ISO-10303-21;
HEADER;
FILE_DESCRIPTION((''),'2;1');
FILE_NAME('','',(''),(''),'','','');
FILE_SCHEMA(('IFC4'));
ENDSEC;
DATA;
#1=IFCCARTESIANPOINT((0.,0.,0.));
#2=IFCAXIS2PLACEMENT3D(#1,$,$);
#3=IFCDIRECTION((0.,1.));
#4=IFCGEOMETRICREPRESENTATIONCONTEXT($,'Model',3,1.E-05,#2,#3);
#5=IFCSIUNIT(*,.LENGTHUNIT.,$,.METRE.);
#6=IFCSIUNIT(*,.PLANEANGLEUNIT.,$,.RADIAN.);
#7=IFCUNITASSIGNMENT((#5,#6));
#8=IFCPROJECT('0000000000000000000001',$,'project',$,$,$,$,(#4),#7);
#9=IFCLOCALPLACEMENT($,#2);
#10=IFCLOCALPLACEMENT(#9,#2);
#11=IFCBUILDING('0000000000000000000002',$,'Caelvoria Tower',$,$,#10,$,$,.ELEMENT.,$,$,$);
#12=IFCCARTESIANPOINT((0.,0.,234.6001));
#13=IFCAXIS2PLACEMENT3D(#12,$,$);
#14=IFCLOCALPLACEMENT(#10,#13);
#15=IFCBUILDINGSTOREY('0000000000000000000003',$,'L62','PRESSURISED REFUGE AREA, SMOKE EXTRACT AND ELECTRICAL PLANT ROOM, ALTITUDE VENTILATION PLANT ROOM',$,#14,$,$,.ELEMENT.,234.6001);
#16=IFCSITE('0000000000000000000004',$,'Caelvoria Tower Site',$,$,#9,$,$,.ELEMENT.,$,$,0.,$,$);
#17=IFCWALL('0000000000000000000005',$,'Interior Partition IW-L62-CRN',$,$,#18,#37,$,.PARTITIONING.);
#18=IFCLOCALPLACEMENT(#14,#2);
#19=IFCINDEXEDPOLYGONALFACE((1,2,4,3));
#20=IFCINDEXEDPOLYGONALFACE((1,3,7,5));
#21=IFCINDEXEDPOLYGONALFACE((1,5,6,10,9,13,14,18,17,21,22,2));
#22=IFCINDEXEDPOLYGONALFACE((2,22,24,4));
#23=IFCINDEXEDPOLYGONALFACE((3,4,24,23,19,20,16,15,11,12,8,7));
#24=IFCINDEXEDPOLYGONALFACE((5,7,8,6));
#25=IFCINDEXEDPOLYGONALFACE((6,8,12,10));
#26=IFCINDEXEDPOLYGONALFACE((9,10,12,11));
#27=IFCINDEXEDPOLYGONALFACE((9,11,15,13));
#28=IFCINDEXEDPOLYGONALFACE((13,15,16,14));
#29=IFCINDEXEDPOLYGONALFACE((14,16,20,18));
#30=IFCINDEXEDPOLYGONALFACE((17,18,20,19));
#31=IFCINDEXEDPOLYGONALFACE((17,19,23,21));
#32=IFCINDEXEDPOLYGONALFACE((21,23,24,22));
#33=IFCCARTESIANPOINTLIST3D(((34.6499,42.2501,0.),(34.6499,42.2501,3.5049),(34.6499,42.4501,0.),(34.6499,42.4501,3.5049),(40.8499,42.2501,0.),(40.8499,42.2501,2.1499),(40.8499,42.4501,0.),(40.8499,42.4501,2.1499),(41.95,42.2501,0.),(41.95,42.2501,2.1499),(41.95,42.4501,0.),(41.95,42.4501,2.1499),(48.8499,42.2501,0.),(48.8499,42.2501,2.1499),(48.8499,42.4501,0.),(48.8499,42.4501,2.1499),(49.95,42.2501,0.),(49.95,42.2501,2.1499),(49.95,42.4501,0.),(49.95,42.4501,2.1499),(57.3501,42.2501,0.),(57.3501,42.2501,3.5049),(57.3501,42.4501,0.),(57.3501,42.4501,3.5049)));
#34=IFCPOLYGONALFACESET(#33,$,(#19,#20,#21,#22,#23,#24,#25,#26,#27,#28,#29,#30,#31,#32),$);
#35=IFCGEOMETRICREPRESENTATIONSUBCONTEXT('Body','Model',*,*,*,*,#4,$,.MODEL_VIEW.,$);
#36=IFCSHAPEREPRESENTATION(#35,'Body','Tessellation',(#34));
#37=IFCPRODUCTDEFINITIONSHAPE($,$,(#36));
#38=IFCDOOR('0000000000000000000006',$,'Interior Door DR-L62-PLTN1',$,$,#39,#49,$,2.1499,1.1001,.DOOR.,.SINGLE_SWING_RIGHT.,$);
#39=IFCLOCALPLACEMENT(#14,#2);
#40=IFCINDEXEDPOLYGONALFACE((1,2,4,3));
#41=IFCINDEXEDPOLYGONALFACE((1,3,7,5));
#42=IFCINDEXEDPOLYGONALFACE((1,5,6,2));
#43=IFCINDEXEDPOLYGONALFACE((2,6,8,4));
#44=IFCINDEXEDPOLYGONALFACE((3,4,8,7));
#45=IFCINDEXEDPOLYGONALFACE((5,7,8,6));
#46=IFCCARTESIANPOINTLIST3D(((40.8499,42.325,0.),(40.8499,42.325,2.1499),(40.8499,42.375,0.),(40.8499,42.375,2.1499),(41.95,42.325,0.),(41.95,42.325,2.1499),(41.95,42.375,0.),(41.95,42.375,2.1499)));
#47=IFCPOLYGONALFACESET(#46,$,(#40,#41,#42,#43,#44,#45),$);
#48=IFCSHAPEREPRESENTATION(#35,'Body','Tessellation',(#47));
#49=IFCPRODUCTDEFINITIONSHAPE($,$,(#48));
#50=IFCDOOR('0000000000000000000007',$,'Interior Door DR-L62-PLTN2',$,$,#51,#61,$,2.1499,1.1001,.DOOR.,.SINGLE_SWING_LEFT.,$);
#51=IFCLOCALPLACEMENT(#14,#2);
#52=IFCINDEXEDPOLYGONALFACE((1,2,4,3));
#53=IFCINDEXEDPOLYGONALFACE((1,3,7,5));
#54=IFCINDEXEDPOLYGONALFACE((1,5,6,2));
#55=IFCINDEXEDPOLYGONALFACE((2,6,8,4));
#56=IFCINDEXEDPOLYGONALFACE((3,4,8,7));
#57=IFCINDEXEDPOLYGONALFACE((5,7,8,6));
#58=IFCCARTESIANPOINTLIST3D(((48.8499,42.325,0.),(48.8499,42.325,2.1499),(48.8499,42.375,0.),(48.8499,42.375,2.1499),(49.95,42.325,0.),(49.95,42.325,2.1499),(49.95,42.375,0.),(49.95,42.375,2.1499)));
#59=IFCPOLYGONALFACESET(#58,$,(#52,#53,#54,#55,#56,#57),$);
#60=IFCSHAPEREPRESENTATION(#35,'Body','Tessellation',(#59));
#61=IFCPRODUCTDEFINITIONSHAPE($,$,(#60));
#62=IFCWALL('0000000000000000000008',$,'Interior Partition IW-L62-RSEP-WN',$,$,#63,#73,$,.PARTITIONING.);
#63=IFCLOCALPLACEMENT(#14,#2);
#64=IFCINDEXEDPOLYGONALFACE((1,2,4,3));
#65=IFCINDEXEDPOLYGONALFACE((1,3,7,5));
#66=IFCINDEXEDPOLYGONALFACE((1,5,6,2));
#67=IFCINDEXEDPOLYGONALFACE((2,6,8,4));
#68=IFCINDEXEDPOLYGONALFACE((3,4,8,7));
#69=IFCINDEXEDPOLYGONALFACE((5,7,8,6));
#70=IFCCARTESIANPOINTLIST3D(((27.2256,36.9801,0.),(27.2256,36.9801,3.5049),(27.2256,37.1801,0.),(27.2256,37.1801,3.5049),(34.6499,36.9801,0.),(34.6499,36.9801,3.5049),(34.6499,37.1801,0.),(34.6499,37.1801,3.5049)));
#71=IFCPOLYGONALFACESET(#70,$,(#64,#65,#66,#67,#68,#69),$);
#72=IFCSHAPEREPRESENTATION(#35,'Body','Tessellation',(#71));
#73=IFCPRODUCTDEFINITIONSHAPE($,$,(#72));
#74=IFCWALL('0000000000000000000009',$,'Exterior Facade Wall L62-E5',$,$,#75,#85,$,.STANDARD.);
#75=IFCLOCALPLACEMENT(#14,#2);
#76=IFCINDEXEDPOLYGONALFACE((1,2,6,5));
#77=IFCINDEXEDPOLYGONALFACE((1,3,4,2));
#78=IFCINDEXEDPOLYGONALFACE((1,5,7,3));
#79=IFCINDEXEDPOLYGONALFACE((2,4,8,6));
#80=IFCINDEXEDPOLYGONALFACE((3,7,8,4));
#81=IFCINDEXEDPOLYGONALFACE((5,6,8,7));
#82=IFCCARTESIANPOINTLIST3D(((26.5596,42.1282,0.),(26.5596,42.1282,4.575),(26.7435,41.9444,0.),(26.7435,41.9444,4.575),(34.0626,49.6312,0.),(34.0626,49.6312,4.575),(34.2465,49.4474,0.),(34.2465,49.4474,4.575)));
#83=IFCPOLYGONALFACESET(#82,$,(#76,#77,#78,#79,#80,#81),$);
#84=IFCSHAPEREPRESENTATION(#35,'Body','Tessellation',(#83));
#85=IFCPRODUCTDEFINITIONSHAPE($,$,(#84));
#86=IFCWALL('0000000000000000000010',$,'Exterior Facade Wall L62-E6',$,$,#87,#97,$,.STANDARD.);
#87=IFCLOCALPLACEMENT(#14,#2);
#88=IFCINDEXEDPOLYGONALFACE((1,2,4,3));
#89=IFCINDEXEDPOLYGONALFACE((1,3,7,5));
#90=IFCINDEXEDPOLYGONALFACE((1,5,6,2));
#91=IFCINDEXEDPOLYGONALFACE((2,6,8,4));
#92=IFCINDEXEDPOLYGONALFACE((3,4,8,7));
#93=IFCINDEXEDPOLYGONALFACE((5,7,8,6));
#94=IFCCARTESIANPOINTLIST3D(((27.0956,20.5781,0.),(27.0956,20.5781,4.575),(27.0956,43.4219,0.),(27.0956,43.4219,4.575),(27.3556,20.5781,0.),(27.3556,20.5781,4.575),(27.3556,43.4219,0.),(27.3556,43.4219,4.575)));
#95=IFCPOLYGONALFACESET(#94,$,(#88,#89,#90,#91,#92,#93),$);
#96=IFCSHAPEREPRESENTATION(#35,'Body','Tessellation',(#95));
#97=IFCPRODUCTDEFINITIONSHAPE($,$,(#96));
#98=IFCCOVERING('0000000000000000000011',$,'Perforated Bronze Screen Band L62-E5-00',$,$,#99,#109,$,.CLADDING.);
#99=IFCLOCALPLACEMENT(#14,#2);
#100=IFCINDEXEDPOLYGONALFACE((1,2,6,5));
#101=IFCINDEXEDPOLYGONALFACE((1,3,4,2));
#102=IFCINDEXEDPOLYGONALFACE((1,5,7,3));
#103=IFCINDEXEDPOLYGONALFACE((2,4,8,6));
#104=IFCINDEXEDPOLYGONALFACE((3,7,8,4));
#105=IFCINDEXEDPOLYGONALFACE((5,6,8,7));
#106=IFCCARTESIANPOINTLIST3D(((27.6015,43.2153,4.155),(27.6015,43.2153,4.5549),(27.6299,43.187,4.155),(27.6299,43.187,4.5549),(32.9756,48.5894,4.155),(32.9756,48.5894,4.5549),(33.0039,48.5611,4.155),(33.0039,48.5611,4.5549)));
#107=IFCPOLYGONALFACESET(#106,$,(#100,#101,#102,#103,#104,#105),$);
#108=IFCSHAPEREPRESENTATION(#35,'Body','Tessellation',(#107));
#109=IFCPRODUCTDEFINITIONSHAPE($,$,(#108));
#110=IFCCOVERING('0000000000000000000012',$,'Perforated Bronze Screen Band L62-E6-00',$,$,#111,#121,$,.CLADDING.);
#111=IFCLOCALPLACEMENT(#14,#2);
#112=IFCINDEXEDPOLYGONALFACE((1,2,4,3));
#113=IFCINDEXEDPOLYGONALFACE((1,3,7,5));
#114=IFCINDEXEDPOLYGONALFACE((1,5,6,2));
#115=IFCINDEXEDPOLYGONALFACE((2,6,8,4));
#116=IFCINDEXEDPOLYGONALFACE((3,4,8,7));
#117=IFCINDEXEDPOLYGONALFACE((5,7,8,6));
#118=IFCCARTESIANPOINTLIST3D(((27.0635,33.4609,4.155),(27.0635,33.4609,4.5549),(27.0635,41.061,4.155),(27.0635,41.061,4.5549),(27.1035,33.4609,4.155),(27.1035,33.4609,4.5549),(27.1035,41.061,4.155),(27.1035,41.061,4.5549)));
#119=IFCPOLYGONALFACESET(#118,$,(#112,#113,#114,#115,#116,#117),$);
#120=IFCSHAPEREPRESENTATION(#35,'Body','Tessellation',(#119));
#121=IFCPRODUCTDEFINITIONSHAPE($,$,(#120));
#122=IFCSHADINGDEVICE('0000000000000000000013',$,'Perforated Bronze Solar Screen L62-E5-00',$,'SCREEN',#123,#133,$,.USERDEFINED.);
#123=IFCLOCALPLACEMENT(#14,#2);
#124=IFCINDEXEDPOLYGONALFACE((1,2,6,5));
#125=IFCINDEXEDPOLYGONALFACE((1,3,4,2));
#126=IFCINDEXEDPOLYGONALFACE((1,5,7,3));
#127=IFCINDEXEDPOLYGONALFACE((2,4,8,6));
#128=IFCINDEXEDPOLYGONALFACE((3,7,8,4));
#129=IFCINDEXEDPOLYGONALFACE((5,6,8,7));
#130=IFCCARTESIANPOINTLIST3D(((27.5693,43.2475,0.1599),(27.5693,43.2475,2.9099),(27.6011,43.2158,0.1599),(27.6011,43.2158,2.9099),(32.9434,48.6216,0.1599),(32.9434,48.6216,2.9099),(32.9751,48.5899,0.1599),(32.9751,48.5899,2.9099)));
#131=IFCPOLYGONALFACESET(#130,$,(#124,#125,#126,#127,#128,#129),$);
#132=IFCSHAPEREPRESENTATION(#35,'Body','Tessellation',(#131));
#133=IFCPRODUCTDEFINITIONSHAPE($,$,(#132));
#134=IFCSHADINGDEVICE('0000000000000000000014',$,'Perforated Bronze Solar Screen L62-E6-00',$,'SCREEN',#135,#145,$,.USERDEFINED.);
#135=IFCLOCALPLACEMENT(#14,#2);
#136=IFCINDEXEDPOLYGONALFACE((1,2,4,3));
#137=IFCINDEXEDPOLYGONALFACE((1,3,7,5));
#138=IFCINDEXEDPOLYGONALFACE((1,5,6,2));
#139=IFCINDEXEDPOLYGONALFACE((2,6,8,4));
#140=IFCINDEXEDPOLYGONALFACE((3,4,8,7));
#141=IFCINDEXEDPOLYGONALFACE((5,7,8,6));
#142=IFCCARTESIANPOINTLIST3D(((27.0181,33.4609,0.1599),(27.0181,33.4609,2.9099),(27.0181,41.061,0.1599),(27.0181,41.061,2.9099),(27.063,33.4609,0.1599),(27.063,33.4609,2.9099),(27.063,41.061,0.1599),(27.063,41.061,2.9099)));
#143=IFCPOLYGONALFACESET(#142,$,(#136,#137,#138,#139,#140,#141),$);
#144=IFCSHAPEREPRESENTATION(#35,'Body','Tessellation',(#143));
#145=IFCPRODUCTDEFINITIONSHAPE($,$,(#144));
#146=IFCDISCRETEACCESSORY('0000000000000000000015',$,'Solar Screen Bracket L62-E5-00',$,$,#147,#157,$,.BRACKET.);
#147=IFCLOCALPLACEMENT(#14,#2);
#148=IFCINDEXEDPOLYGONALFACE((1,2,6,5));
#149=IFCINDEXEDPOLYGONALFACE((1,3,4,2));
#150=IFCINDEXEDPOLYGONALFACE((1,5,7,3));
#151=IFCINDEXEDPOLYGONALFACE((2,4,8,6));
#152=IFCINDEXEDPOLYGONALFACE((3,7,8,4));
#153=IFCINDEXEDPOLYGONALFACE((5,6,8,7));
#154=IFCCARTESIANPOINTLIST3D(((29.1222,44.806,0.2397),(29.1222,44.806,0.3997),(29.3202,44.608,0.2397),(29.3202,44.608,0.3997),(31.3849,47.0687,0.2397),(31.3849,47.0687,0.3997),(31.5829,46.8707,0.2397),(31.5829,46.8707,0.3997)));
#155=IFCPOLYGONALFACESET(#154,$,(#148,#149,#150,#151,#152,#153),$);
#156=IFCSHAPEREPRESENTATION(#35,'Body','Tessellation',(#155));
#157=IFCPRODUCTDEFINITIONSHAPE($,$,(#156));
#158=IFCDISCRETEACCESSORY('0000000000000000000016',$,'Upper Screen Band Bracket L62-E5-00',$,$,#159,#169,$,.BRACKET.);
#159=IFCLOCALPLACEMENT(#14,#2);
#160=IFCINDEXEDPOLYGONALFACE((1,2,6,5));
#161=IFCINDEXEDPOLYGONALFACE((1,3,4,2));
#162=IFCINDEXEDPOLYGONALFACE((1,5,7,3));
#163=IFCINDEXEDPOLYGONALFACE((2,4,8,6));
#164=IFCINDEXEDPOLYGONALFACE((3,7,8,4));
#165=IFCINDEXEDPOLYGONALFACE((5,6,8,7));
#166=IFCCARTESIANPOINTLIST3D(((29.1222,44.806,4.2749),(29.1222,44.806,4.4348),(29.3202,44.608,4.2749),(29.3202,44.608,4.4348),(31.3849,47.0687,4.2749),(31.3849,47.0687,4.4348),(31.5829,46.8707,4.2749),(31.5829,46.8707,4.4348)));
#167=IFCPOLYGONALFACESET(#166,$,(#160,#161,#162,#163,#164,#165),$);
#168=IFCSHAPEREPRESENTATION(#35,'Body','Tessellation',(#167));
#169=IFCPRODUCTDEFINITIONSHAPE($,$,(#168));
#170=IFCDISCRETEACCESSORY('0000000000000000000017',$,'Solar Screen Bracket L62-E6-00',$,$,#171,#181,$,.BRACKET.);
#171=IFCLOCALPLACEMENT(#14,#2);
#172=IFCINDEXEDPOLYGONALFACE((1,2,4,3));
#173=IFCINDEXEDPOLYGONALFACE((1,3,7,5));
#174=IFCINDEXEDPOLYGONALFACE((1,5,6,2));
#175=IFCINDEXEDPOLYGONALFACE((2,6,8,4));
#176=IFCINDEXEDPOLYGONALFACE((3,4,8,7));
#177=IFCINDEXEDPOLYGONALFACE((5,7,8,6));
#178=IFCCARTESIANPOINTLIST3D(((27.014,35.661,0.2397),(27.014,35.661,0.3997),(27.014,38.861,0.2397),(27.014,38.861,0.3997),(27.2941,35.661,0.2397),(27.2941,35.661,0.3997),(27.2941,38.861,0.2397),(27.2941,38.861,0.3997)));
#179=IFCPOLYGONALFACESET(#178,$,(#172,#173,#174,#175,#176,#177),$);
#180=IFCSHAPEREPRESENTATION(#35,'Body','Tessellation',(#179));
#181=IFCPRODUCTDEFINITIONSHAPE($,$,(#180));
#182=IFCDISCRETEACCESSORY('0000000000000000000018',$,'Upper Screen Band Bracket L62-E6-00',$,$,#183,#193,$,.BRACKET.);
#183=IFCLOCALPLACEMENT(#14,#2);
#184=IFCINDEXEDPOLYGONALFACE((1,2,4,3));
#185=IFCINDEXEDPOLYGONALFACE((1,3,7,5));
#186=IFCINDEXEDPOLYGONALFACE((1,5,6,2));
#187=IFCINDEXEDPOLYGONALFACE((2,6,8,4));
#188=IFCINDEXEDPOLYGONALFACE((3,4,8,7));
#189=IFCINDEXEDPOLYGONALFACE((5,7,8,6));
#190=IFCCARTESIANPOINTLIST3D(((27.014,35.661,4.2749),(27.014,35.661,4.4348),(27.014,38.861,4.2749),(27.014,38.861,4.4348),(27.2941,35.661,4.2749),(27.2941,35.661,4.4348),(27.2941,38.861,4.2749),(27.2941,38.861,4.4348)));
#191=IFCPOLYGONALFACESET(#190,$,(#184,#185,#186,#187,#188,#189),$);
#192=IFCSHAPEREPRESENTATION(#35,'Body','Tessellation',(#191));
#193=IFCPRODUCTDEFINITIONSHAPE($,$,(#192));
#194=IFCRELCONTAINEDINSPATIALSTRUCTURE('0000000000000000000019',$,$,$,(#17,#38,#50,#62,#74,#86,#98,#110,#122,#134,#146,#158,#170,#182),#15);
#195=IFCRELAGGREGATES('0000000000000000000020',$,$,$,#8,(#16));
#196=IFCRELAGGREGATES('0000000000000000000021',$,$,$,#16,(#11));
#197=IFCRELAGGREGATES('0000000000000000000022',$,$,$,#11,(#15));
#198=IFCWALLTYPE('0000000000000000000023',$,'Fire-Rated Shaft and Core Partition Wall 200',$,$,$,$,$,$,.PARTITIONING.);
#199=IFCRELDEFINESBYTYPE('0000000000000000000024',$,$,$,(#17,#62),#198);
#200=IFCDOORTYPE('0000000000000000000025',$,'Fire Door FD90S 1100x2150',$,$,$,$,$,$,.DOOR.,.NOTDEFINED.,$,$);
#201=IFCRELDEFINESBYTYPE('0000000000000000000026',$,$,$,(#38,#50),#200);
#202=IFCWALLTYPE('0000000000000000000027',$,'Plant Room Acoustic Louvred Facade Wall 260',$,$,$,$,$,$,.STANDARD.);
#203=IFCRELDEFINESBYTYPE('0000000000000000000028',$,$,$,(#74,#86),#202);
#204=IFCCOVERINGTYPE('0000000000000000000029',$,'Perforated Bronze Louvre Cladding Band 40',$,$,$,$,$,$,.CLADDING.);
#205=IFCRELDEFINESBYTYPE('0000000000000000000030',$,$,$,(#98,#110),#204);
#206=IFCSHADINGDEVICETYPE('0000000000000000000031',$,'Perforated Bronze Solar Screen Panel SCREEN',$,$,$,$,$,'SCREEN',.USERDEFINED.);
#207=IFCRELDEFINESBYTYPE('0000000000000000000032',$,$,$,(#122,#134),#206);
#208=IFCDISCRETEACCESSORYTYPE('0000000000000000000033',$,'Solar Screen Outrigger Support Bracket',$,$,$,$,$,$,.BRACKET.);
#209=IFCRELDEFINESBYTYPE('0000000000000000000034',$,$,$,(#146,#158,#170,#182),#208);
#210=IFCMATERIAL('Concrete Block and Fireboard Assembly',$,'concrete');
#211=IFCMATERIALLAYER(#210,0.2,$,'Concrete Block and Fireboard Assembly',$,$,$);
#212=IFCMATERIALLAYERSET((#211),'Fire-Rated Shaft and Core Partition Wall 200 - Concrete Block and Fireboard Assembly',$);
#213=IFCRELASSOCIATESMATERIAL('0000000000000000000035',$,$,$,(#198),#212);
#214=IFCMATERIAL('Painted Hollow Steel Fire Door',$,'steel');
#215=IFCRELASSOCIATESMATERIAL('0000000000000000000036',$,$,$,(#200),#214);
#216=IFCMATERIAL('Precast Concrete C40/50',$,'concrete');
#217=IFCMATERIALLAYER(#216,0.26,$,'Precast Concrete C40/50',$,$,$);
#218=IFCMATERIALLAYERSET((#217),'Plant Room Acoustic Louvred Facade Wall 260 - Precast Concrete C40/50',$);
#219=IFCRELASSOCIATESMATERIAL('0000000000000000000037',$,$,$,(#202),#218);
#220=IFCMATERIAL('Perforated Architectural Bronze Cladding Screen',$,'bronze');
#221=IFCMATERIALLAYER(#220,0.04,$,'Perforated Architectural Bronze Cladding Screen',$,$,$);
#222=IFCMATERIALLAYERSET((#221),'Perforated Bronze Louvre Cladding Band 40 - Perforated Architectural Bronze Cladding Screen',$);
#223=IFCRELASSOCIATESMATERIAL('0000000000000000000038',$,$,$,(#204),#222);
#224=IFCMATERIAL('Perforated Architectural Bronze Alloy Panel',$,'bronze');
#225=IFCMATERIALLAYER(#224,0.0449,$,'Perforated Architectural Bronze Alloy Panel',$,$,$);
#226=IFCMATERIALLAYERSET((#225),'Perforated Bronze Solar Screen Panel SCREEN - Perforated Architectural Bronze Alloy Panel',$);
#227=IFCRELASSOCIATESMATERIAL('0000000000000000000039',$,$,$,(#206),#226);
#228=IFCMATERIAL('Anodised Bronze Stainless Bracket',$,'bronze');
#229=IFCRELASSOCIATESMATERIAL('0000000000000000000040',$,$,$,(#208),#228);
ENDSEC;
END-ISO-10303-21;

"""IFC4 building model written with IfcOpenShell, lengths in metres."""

from ifc_helpers import new_model, si_unit, direction, frame, frame_2d, origin, origin_2d, place, context, subcontext, project, spatial, rectangle, extrude, material, layer, layer_set, type_object, element, fill, save


model = new_model("IFC4")

# Units and contexts
model_context = context("Model", 3, precision=1e-05, world=origin(), true_north=direction((0.0, 1.0)))
body_context = subcontext(model_context, "Body", "Model", "MODEL_VIEW")
ifc_project = project(units=[si_unit("LENGTHUNIT", "METRE"), si_unit("PLANEANGLEUNIT", "RADIAN")], contexts=[model_context])

# Site, building, storey
site_placement = place(None, origin())
site = spatial("IfcSite", under=ifc_project, at=site_placement, Name="Caelvoria Tower Site", CompositionType="ELEMENT", RefElevation=0.0)
building_placement = place(site_placement, origin())
building = spatial("IfcBuilding", under=site, at=building_placement, Name="Caelvoria Tower", CompositionType="ELEMENT")
storey_placement = place(building_placement, frame((0.0, 0.0, 234.6001)))
storey = spatial("IfcBuildingStorey", under=building, at=storey_placement, Name="L62", Description="PRESSURISED REFUGE AREA, SMOKE EXTRACT AND ELECTRICAL PLANT ROOM, ALTITUDE VENTILATION PLANT ROOM", CompositionType="ELEMENT", Elevation=234.6001)

# Wall, openings, doors
ifc_material_1 = material(Name="Concrete Block and Fireboard Assembly", Category="concrete")
ifc_layer_1 = layer(ifc_material_1, 0.2, Name="Concrete Block and Fireboard Assembly")
ifc_layer_set_1 = layer_set([ifc_layer_1], Name="Fire-Rated Shaft and Core Partition Wall 200 - Concrete Block and Fireboard Assembly")
wall_type_1 = type_object("IfcWallType", Name="Fire-Rated Shaft and Core Partition Wall 200", PredefinedType="PARTITIONING", material=ifc_layer_set_1)
wall_1_placement = place(storey_placement, frame((34.6499, 42.3501, 0.0), z_axis=(0.0, 0.0, 1.0), x_axis=(1.0, 0.0, 0.0)))
wall_1 = element("IfcWall", 1, at=wall_1_placement, inside=storey, type_object=wall_type_1, Name="Interior Partition IW-L62-CRN", PredefinedType="PARTITIONING", context=body_context, shape_type="SweptSolid", body=[
    extrude(rectangle(XDim=22.7002, YDim=0.2, at=frame_2d((11.3501, 0.0))), origin(), (0.0, 0.0, 1.0), 3.5049),
])
opening_1_placement = place(wall_1_placement, frame((6.2, 0.0, 0.0)))
opening_1 = element("IfcOpeningElement", 2, at=opening_1_placement, cuts=wall_1, PredefinedType="OPENING", context=body_context, shape_type="SweptSolid", body=[
    extrude(rectangle(XDim=1.1001, YDim=2.1499, at=frame_2d((0.55, 1.075))), frame((0.0, 0.1099, 0.0), z_axis=(0.0, -1.0, 0.0), x_axis=(1.0, 0.0, 0.0)), (0.0, 0.0, 1.0), 0.22),
])
opening_2_placement = place(wall_1_placement, frame((14.2, 0.0, 0.0)))
opening_2 = element("IfcOpeningElement", 3, at=opening_2_placement, cuts=wall_1, PredefinedType="OPENING", context=body_context, shape_type="SweptSolid", body=[
    extrude(rectangle(XDim=1.1001, YDim=2.1499, at=frame_2d((0.55, 1.075))), frame((0.0, 0.1099, 0.0), z_axis=(0.0, -1.0, 0.0), x_axis=(1.0, 0.0, 0.0)), (0.0, 0.0, 1.0), 0.22),
])
ifc_material_2 = material(Name="Painted Hollow Steel Fire Door", Category="steel")
door_type = type_object("IfcDoorType", Name="Fire Door FD90S 1100x2150", OperationType="NOTDEFINED", PredefinedType="DOOR", material=ifc_material_2)
door_1_placement = place(opening_1_placement, origin())
door_1 = element("IfcDoor", 4, at=door_1_placement, inside=storey, type_object=door_type, Name="Interior Door DR-L62-PLTN1", OperationType="SINGLE_SWING_RIGHT", OverallHeight=2.1499, OverallWidth=1.1001, PredefinedType="DOOR", context=body_context, shape_type="SweptSolid", body=[
    extrude(rectangle(XDim=1.1001, YDim=2.1499, at=frame_2d((0.55, 1.075))), frame((0.0, 0.0249, 0.0), z_axis=(0.0, -1.0, 0.0), x_axis=(1.0, 0.0, 0.0)), (0.0, 0.0, 1.0), 0.05),
])
fill(opening_1, door_1)
door_2_placement = place(opening_2_placement, origin())
door_2 = element("IfcDoor", 5, at=door_2_placement, inside=storey, type_object=door_type, Name="Interior Door DR-L62-PLTN2", OperationType="SINGLE_SWING_LEFT", OverallHeight=2.1499, OverallWidth=1.1001, PredefinedType="DOOR", context=body_context, shape_type="SweptSolid", body=[
    extrude(rectangle(XDim=1.1001, YDim=2.1499, at=frame_2d((0.55, 1.075))), frame((0.0, 0.0249, 0.0), z_axis=(0.0, -1.0, 0.0), x_axis=(1.0, 0.0, 0.0)), (0.0, 0.0, 1.0), 0.05),
])
fill(opening_2, door_2)

# Walls
wall_2_placement = place(storey_placement, frame((27.2256, 37.0801, 0.0), z_axis=(0.0, 0.0, 1.0), x_axis=(1.0, 0.0, 0.0)))
element("IfcWall", 6, at=wall_2_placement, inside=storey, type_object=wall_type_1, Name="Interior Partition IW-L62-RSEP-WN", PredefinedType="PARTITIONING", context=body_context, shape_type="SweptSolid", body=[
    extrude(rectangle(XDim=7.4243, YDim=0.2, at=frame_2d((3.7122, 0.0))), origin(), (0.0, 0.0, 1.0), 3.5049),
])
ifc_material_3 = material(Name="Precast Concrete C40/50", Category="concrete")
ifc_layer_2 = layer(ifc_material_3, 0.26, Name="Precast Concrete C40/50")
ifc_layer_set_2 = layer_set([ifc_layer_2], Name="Plant Room Acoustic Louvred Facade Wall 260 - Precast Concrete C40/50")
wall_type_2 = type_object("IfcWallType", Name="Plant Room Acoustic Louvred Facade Wall 260", PredefinedType="STANDARD", material=ifc_layer_set_2)
wall_3_placement = place(storey_placement, frame((34.1545, 49.5393, 0.0), z_axis=(0.0, 0.0, 1.0), x_axis=(-0.707107, -0.707107, 0.0)))
element("IfcWall", 7, at=wall_3_placement, inside=storey, type_object=wall_type_2, Name="Exterior Facade Wall L62-E5", PredefinedType="STANDARD", context=body_context, shape_type="SweptSolid", body=[
    extrude(rectangle(XDim=10.6108, YDim=0.26, at=frame_2d((5.3054, 0.0))), origin(), (0.0, 0.0, 1.0), 4.575),
])
wall_4_placement = place(storey_placement, frame((27.2256, 43.4219, 0.0), z_axis=(0.0, 0.0, 1.0), x_axis=(0.0, -1.0, 0.0)))
element("IfcWall", 8, at=wall_4_placement, inside=storey, type_object=wall_type_2, Name="Exterior Facade Wall L62-E6", PredefinedType="STANDARD", context=body_context, shape_type="SweptSolid", body=[
    extrude(rectangle(XDim=22.8438, YDim=0.26, at=frame_2d((11.4219, 0.0))), origin(), (0.0, 0.0, 1.0), 4.575),
])

# Coverings
ifc_material_4 = material(Name="Perforated Architectural Bronze Cladding Screen", Category="bronze")
ifc_layer_3 = layer(ifc_material_4, 0.04, Name="Perforated Architectural Bronze Cladding Screen")
ifc_layer_set_3 = layer_set([ifc_layer_3], Name="Perforated Bronze Louvre Cladding Band 40 - Perforated Architectural Bronze Cladding Screen")
covering_type = type_object("IfcCoveringType", Name="Perforated Bronze Louvre Cladding Band 40", PredefinedType="CLADDING", material=ifc_layer_set_3)
for number, where, z_axis, x_axis, name in (
    (9, (30.3027, 45.8882, 4.155), (0.0, 0.0, 1.0), (-0.707107, -0.707107, 0.0), "Perforated Bronze Screen Band L62-E5-00"),
    (10, (27.0835, 37.261, 4.155), (0.0, 0.0, 1.0), (0.0, -1.0, 0.0), "Perforated Bronze Screen Band L62-E6-00"),
):
    element("IfcCovering", number, at=place(storey_placement, frame(where, z_axis=z_axis, x_axis=x_axis)), inside=storey, type_object=covering_type, Name=name, PredefinedType="CLADDING", context=body_context, shape_type="SweptSolid", body=[
        extrude(rectangle(XDim=7.6001, YDim=0.04, at=origin_2d()), origin(), (0.0, 0.0, 1.0), 0.3999),
    ])

# Shading devices
ifc_material_5 = material(Name="Perforated Architectural Bronze Alloy Panel", Category="bronze")
ifc_layer_4 = layer(ifc_material_5, 0.0449, Name="Perforated Architectural Bronze Alloy Panel")
ifc_layer_set_4 = layer_set([ifc_layer_4], Name="Perforated Bronze Solar Screen Panel SCREEN - Perforated Architectural Bronze Alloy Panel")
shading_device_type = type_object("IfcShadingDeviceType", Name="Perforated Bronze Solar Screen Panel SCREEN", ElementType="SCREEN", PredefinedType="USERDEFINED", material=ifc_layer_set_4)
for number, where, z_axis, x_axis, name in (
    (11, (30.2722, 45.9187, 0.1599), (0.0, 0.0, 1.0), (-0.707107, -0.707107, 0.0), "Perforated Bronze Solar Screen L62-E5-00"),
    (12, (27.0405, 37.261, 0.1599), (0.0, 0.0, 1.0), (0.0, -1.0, 0.0), "Perforated Bronze Solar Screen L62-E6-00"),
):
    element("IfcShadingDevice", number, at=place(storey_placement, frame(where, z_axis=z_axis, x_axis=x_axis)), inside=storey, type_object=shading_device_type, Name=name, ObjectType="SCREEN", PredefinedType="USERDEFINED", context=body_context, shape_type="SweptSolid", body=[
        extrude(rectangle(XDim=7.6001, YDim=0.0449, at=origin_2d()), origin(), (0.0, 0.0, 1.0), 2.75),
    ])

# Discrete accessories
ifc_material_6 = material(Name="Anodised Bronze Stainless Bracket", Category="bronze")
discrete_accessory_type = type_object("IfcDiscreteAccessoryType", Name="Solar Screen Outrigger Support Bracket", PredefinedType="BRACKET", material=ifc_material_6)
for number, where, z_axis, x_axis, name in (
    (13, (30.3525, 45.8384, 0.2397), (0.0, 0.0, 1.0), (-0.707107, -0.707107, 0.0), "Solar Screen Bracket L62-E5-00"),
    (14, (30.3525, 45.8384, 4.2749), (0.0, 0.0, 1.0), (-0.707107, -0.707107, 0.0), "Upper Screen Band Bracket L62-E5-00"),
    (15, (27.1541, 37.261, 0.2397), (0.0, 0.0, 1.0), (0.0, -1.0, 0.0), "Solar Screen Bracket L62-E6-00"),
    (16, (27.1541, 37.261, 4.2749), (0.0, 0.0, 1.0), (0.0, -1.0, 0.0), "Upper Screen Band Bracket L62-E6-00"),
):
    element("IfcDiscreteAccessory", number, at=place(storey_placement, frame(where, z_axis=z_axis, x_axis=x_axis)), inside=storey, type_object=discrete_accessory_type, Name=name, PredefinedType="BRACKET", context=body_context, shape_type="SweptSolid", body=[
        extrude(rectangle(XDim=3.2, YDim=0.28, at=origin_2d()), origin(), (0.0, 0.0, 1.0), 0.1599),
    ])

save(model, "model.ifc")
